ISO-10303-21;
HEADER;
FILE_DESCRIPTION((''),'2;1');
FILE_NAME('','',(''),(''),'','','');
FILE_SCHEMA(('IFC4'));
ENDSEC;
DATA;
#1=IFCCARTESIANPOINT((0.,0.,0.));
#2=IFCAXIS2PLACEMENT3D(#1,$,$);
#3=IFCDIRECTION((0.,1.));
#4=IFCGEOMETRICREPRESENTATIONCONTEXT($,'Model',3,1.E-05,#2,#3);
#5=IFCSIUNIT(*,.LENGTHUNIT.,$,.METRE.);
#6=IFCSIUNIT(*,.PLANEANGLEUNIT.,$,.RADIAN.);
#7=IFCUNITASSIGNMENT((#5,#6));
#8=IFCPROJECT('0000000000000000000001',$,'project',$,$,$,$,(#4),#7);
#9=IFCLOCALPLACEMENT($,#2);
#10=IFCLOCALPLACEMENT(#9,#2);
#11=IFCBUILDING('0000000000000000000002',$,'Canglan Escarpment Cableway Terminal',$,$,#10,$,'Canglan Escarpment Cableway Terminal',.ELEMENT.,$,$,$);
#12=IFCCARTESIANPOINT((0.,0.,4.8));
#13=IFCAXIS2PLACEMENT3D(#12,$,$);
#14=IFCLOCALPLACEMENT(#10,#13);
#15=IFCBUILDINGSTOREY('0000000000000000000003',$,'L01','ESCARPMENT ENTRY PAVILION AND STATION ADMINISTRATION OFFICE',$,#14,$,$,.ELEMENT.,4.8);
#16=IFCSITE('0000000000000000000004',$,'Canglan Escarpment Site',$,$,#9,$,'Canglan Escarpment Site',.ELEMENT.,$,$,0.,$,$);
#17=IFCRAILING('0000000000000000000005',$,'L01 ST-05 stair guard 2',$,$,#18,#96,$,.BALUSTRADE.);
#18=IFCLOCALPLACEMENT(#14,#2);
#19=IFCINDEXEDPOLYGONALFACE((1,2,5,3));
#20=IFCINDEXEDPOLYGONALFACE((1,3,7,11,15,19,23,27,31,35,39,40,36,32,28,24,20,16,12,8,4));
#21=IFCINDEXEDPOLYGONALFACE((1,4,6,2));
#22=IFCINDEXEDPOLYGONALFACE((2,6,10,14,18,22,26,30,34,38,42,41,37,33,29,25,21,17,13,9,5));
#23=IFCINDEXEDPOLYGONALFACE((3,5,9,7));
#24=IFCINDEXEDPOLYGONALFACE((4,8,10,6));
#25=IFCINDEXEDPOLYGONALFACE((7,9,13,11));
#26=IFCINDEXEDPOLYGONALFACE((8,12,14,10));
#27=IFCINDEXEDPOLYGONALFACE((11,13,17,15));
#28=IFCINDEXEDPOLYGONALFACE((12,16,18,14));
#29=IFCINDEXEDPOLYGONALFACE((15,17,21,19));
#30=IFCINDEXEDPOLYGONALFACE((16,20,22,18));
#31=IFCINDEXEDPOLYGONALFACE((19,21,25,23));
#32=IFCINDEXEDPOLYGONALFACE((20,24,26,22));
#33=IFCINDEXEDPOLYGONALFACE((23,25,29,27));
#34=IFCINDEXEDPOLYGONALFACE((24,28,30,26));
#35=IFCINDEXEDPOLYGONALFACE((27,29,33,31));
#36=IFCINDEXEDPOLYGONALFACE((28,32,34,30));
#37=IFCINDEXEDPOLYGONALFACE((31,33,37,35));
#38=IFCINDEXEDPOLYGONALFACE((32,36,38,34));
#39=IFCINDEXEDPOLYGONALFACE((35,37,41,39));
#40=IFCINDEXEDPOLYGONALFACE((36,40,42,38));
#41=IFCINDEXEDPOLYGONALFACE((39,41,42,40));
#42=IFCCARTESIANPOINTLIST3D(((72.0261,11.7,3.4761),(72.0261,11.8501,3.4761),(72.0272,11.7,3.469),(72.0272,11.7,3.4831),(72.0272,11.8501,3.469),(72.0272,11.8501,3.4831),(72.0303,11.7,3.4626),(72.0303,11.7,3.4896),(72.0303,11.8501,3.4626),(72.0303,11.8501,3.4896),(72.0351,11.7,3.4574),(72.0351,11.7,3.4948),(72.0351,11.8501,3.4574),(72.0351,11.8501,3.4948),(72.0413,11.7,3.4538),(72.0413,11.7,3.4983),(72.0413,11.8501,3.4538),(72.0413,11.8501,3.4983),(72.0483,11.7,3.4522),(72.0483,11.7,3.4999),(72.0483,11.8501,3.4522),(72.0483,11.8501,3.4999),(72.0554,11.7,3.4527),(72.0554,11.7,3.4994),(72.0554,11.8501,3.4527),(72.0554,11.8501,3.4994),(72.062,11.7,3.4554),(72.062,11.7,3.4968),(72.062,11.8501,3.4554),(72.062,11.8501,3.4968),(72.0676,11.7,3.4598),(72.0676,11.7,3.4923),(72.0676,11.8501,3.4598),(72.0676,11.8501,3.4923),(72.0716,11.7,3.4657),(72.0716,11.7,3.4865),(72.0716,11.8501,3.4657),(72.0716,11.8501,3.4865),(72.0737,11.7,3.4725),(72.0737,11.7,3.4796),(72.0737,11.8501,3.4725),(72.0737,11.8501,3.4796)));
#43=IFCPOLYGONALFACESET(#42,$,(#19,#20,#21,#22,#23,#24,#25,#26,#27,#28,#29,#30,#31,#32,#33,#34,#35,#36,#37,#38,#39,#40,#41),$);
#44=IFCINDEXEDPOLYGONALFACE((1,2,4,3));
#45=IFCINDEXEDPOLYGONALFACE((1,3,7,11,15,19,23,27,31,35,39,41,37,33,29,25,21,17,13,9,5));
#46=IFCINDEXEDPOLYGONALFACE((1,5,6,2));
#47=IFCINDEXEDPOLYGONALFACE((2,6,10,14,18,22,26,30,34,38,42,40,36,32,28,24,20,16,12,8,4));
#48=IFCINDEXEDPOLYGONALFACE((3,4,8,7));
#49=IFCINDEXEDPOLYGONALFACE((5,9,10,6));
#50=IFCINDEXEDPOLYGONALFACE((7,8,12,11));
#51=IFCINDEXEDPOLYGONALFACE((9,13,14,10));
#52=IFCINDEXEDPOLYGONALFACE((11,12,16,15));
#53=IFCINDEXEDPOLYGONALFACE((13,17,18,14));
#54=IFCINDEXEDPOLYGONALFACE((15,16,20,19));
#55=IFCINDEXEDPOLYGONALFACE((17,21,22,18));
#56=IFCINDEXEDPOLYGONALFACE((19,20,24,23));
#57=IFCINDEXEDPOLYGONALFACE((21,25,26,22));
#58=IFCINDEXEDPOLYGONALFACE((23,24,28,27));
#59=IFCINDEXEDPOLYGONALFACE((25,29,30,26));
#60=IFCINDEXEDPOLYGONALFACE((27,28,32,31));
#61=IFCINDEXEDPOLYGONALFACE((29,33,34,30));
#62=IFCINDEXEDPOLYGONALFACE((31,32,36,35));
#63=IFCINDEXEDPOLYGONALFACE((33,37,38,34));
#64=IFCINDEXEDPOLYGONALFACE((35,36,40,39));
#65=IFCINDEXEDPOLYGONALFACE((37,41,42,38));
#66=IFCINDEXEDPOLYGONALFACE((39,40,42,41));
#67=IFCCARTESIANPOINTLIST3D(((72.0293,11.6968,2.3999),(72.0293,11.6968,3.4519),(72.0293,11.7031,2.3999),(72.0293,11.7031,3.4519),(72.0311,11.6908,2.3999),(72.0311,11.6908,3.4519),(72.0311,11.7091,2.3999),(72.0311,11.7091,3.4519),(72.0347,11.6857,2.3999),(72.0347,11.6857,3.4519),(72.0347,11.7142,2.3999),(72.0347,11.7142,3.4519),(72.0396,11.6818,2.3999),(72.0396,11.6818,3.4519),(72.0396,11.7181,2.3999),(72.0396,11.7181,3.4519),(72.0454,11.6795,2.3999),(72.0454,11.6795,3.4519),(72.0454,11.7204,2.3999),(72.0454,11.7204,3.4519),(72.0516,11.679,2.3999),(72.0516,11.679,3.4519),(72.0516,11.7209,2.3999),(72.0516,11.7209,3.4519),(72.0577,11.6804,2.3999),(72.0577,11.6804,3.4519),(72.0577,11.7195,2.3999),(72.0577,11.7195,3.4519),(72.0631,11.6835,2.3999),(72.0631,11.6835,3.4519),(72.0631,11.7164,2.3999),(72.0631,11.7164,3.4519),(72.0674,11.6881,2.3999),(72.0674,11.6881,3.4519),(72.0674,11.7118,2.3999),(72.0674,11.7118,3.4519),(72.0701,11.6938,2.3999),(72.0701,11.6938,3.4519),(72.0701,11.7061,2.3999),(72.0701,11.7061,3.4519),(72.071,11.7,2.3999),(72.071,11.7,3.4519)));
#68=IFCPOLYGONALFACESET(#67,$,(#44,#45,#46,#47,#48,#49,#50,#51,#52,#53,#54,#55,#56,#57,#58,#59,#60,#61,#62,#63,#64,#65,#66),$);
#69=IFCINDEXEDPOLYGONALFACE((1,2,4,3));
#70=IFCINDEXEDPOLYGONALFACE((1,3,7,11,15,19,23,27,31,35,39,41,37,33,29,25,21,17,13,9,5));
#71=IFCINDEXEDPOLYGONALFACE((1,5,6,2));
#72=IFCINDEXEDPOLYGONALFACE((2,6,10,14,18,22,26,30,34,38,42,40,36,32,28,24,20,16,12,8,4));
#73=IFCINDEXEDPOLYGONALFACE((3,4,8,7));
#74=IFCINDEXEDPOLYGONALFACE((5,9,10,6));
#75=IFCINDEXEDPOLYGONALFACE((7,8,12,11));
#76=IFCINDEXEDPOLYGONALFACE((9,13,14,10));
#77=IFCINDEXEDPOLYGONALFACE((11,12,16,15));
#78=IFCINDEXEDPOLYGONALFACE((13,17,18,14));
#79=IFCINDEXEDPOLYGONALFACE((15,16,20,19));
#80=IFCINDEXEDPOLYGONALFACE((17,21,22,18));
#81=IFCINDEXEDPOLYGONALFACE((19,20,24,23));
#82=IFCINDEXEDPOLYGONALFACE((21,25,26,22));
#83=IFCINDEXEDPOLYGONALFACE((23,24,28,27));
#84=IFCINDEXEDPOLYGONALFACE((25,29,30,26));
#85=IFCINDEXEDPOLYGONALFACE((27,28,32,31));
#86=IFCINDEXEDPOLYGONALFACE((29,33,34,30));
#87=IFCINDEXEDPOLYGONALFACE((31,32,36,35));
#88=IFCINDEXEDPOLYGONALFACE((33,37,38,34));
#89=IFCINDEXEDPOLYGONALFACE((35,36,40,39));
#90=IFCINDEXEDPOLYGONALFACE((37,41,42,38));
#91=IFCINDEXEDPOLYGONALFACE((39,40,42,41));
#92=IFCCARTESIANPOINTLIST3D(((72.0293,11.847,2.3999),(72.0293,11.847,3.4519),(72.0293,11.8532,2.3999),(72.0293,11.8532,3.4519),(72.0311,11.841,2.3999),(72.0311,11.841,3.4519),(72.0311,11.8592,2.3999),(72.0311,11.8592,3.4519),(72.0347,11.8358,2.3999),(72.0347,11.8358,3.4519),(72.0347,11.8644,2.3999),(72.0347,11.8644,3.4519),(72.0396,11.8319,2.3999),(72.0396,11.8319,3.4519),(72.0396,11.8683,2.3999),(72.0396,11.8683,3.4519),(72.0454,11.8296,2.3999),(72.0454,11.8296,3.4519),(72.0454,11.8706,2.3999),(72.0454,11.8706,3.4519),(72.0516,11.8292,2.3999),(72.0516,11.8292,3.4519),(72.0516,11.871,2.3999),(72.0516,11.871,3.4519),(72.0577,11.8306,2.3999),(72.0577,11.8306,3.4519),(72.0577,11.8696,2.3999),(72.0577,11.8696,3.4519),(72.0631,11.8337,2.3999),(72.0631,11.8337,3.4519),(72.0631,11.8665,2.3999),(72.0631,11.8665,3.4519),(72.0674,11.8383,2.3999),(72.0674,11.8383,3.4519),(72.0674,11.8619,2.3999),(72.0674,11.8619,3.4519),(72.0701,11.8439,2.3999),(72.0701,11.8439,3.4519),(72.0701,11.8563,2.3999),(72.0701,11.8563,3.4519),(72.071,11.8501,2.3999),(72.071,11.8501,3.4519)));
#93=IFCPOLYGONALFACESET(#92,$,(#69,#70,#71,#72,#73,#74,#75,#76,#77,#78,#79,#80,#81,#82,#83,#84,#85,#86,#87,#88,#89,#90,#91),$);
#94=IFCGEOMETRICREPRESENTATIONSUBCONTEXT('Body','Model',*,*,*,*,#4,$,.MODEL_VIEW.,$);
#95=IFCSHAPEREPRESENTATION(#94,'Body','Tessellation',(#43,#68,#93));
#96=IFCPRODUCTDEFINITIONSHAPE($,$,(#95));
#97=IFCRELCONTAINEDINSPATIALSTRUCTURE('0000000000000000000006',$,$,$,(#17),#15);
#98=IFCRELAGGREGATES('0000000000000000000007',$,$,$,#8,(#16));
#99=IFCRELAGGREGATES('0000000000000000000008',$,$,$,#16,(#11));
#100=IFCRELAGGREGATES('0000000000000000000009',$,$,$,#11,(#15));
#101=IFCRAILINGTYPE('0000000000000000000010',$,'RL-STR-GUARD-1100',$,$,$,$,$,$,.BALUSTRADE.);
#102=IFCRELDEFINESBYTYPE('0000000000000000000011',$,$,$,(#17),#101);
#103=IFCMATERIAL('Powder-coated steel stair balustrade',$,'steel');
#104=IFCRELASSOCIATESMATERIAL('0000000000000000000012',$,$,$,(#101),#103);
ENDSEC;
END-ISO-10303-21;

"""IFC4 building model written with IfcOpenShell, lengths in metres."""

from ifc_helpers import new_model, si_unit, direction, frame, origin, origin_2d, place, context, subcontext, project, spatial, circle, extrude, material, type_object, element, save


model = new_model("IFC4")

# Units and contexts
model_context = context("Model", 3, precision=1e-05, world=origin(), true_north=direction((0.0, 1.0)))
body_context = subcontext(model_context, "Body", "Model", "MODEL_VIEW")
ifc_project = project(units=[si_unit("LENGTHUNIT", "METRE"), si_unit("PLANEANGLEUNIT", "RADIAN")], contexts=[model_context])

# Site, building, storey
site_placement = place(None, origin())
site = spatial("IfcSite", under=ifc_project, at=site_placement, Name="Canglan Escarpment Site", LongName="Canglan Escarpment Site", CompositionType="ELEMENT", RefElevation=0.0)
building_placement = place(site_placement, origin())
building = spatial("IfcBuilding", under=site, at=building_placement, Name="Canglan Escarpment Cableway Terminal", LongName="Canglan Escarpment Cableway Terminal", CompositionType="ELEMENT")
storey_placement = place(building_placement, frame((0.0, 0.0, 4.8)))
storey = spatial("IfcBuildingStorey", under=building, at=storey_placement, Name="L01", Description="ESCARPMENT ENTRY PAVILION AND STATION ADMINISTRATION OFFICE", CompositionType="ELEMENT", Elevation=4.8)

# Railing
ifc_material_1 = material(Name="Powder-coated steel stair balustrade", Category="steel")
railing_type_1 = type_object("IfcRailingType", Name="RL-STR-GUARD-1100", PredefinedType="BALUSTRADE", material=ifc_material_1)
railing_1_placement = place(storey_placement, frame((72.05, 11.7, 2.3999)))
element("IfcRailing", 1, at=railing_1_placement, inside=storey, type_object=railing_type_1, Name="L01 ST-05 stair guard 2", PredefinedType="BALUSTRADE", context=body_context, shape_type="SweptSolid", body=[
    extrude(circle(Radius=0.0239, at=origin_2d()), frame((0.0, 0.0, 1.0762), z_axis=(0.0, 1.0, 0.0), x_axis=(-1.0, 0.0, 0.0)), (0.0, 0.0, 1.0), 0.1501),
    extrude(circle(Radius=0.021, at=origin_2d()), origin(), (0.0, 0.0, 1.0), 1.052),
    extrude(circle(Radius=0.021, at=origin_2d()), frame((0.0, 0.1501, 0.0)), (0.0, 0.0, 1.0), 1.052),
])

save(model, "model.ifc")
